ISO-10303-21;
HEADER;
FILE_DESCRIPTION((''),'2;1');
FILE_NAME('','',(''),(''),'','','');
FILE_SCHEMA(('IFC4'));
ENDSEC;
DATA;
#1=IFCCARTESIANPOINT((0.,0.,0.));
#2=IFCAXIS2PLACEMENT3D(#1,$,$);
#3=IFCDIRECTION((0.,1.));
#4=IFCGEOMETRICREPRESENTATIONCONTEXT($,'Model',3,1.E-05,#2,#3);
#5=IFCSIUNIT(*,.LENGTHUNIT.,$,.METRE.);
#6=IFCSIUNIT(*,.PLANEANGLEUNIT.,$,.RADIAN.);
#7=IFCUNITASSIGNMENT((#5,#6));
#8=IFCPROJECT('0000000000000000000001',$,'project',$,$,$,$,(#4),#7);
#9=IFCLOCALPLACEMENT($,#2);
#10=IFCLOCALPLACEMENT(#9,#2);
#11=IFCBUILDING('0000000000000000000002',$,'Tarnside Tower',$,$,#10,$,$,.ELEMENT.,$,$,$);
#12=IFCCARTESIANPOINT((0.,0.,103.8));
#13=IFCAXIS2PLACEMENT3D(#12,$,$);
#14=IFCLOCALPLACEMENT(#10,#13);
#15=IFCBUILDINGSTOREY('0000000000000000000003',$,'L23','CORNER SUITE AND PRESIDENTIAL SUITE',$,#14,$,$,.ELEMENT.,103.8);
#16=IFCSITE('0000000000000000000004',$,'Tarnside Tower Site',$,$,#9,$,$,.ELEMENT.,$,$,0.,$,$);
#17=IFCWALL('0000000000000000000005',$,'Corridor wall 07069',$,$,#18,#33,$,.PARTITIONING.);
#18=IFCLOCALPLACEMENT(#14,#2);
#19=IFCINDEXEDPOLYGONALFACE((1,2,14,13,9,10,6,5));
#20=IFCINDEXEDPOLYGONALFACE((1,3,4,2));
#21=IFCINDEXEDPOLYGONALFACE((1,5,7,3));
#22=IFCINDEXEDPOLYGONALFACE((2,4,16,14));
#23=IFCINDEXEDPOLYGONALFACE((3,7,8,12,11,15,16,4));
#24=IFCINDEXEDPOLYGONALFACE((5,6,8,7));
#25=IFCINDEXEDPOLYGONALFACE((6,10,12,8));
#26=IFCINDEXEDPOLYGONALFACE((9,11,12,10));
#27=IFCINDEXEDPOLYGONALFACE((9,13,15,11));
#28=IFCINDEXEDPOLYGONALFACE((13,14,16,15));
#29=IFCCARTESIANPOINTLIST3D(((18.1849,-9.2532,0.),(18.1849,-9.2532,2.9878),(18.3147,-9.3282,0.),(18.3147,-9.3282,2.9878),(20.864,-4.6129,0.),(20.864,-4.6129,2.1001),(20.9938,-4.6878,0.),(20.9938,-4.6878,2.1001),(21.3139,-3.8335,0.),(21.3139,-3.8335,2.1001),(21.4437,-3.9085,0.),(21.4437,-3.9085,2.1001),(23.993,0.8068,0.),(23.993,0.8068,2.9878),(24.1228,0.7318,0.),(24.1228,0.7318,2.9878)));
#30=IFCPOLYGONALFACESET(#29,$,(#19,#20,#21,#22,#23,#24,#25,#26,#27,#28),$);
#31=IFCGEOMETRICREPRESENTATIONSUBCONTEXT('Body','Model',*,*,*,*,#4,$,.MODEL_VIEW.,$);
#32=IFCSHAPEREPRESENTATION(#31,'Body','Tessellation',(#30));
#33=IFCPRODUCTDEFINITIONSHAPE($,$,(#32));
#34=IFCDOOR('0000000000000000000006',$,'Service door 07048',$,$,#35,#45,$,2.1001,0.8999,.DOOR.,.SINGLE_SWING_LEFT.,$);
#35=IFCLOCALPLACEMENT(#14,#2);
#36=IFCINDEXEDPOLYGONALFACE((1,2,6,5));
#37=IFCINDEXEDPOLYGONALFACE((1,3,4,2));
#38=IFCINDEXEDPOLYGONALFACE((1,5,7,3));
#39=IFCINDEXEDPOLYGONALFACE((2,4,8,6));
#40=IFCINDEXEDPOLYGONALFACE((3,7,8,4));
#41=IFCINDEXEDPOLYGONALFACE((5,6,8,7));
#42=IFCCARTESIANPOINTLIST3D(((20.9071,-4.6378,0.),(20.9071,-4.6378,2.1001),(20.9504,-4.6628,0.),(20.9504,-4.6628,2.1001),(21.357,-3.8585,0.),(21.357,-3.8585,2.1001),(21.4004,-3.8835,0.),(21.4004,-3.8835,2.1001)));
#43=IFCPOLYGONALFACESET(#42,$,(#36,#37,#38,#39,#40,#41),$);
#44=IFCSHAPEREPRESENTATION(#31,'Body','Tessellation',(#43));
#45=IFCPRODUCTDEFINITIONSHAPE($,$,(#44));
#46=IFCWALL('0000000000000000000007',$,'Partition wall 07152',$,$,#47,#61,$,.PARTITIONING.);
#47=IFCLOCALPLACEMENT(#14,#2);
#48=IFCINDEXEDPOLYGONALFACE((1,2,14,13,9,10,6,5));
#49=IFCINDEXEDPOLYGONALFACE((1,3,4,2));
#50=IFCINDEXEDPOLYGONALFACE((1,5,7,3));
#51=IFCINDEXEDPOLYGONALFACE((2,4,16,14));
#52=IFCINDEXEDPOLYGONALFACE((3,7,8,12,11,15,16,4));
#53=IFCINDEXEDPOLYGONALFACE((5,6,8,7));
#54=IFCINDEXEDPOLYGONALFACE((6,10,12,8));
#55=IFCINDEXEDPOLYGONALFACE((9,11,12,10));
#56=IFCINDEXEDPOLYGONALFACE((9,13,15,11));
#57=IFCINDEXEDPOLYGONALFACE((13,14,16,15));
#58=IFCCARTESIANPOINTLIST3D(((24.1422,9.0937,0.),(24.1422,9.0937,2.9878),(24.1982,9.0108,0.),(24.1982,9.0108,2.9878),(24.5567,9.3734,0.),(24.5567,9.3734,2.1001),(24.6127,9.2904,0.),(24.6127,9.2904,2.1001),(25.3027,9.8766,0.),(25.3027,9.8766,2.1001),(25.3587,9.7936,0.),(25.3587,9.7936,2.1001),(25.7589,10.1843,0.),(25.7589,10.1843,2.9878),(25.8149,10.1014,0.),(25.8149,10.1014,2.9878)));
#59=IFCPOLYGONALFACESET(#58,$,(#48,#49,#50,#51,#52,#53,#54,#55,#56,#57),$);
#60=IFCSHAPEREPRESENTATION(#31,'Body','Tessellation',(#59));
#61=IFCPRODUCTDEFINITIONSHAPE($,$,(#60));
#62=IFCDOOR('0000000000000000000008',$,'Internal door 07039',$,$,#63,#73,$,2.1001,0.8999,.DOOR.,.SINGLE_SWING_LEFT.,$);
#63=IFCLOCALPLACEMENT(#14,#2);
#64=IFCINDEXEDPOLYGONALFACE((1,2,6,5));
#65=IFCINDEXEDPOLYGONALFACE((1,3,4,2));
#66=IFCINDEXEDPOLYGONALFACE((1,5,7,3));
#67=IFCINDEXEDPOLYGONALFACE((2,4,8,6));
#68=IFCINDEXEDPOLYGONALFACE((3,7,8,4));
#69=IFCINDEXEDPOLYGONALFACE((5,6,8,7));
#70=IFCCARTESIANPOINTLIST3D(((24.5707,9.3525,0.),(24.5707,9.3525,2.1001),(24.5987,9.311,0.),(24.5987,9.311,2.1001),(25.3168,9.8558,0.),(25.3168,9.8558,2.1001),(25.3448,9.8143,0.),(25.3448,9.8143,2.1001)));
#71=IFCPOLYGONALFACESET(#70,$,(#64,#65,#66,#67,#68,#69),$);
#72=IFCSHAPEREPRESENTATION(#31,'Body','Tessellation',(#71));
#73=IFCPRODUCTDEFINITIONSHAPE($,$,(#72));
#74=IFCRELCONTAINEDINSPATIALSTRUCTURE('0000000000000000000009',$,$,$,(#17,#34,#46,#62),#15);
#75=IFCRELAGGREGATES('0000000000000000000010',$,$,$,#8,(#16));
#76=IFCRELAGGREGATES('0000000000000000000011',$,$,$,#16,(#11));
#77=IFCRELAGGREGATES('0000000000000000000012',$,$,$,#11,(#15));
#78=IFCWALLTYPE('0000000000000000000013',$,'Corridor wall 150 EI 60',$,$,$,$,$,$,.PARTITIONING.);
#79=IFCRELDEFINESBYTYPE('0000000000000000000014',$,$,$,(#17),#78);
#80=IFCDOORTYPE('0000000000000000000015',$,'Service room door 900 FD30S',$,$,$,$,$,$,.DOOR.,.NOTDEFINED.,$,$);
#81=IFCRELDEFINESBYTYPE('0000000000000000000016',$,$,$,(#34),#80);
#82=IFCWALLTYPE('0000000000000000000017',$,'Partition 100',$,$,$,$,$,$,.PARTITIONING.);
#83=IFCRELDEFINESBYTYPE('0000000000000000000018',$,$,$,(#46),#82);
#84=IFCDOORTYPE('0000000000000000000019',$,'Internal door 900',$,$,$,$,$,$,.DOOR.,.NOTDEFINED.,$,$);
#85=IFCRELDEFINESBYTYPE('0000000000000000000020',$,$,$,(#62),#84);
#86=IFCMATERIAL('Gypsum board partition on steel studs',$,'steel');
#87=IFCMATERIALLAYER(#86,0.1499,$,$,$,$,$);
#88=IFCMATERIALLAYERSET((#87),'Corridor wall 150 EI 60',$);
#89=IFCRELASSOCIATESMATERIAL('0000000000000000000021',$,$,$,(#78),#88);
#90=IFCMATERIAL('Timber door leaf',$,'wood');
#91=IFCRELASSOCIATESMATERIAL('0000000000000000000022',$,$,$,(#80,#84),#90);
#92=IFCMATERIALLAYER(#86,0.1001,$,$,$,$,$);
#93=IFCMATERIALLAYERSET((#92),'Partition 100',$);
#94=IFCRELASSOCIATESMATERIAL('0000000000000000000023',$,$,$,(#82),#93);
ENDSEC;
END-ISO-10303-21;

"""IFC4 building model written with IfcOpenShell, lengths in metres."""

from ifc_helpers import new_model, si_unit, direction, frame, frame_2d, origin, place, context, subcontext, project, spatial, rectangle, extrude, material, layer, layer_set, type_object, element, fill, save


model = new_model("IFC4")

# Units and contexts
model_context = context("Model", 3, precision=1e-05, world=origin(), true_north=direction((0.0, 1.0)))
body_context = subcontext(model_context, "Body", "Model", "MODEL_VIEW")
ifc_project = project(units=[si_unit("LENGTHUNIT", "METRE"), si_unit("PLANEANGLEUNIT", "RADIAN")], contexts=[model_context])

# Site, building, storey
site_placement = place(None, origin())
site = spatial("IfcSite", under=ifc_project, at=site_placement, Name="Tarnside Tower Site", CompositionType="ELEMENT", RefElevation=0.0)
building_placement = place(site_placement, origin())
building = spatial("IfcBuilding", under=site, at=building_placement, Name="Tarnside Tower", CompositionType="ELEMENT")
storey_placement = place(building_placement, frame((0.0, 0.0, 103.8)))
storey = spatial("IfcBuildingStorey", under=building, at=storey_placement, Name="L23", Description="CORNER SUITE AND PRESIDENTIAL SUITE", CompositionType="ELEMENT", Elevation=103.8)

# Shared definitions
ifc_material_1 = material(Name="Gypsum board partition on steel studs", Category="steel")
ifc_material_2 = material(Name="Timber door leaf", Category="wood")

# Shared definitions
ifc_layer_1 = layer(ifc_material_1, 0.1499)
ifc_layer_set_1 = layer_set([ifc_layer_1], Name="Corridor wall 150 EI 60")
wall_type_1 = type_object("IfcWallType", Name="Corridor wall 150 EI 60", PredefinedType="PARTITIONING", material=ifc_layer_set_1)

# Walls, openings, doors
wall_1_placement = place(storey_placement, frame((24.0579, 0.7693, 0.0), z_axis=(0.0, 0.0, 1.0), x_axis=(-0.499995, -0.866028, 0.0)))
wall_1 = element("IfcWall", 1, at=wall_1_placement, inside=storey, type_object=wall_type_1, Name="Corridor wall 07069", PredefinedType="PARTITIONING", context=body_context, shape_type="SweptSolid", body=[
    extrude(rectangle(XDim=11.6162, YDim=0.1499, at=frame_2d((5.8081, 0.0))), origin(), (0.0, 0.0, 1.0), 2.9878),
])
opening_1_placement = place(wall_1_placement, frame((5.3582, 0.0, 0.0)))
opening_1 = element("IfcOpeningElement", 2, at=opening_1_placement, cuts=wall_1, PredefinedType="OPENING", context=body_context, shape_type="SweptSolid", body=[
    extrude(rectangle(XDim=0.8999, YDim=2.1001, at=frame_2d((0.45, 1.05))), frame((0.0, 0.085, 0.0), z_axis=(0.0, -1.0, 0.0), x_axis=(1.0, 0.0, 0.0)), (0.0, 0.0, 1.0), 0.1699),
])
door_type_1 = type_object("IfcDoorType", Name="Service room door 900 FD30S", OperationType="NOTDEFINED", PredefinedType="DOOR", material=ifc_material_2)
door_1_placement = place(opening_1_placement, origin())
door_1 = element("IfcDoor", 3, at=door_1_placement, inside=storey, type_object=door_type_1, Name="Service door 07048", OperationType="SINGLE_SWING_LEFT", OverallHeight=2.1001, OverallWidth=0.8999, PredefinedType="DOOR", context=body_context, shape_type="SweptSolid", body=[
    extrude(rectangle(XDim=0.8999, YDim=2.1001, at=frame_2d((0.45, 1.05))), frame((0.0, 0.0249, 0.0), z_axis=(0.0, -1.0, 0.0), x_axis=(1.0, 0.0, 0.0)), (0.0, 0.0, 1.0), 0.05),
])
fill(opening_1, door_1)
ifc_layer_2 = layer(ifc_material_1, 0.1001)
ifc_layer_set_2 = layer_set([ifc_layer_2], Name="Partition 100")
wall_type_2 = type_object("IfcWallType", Name="Partition 100", PredefinedType="PARTITIONING", material=ifc_layer_set_2)
wall_2_placement = place(storey_placement, frame((24.1702, 9.0522, 0.0), z_axis=(0.0, 0.0, 1.0), x_axis=(0.829014, 0.559228, 0.0)))
wall_2 = element("IfcWall", 4, at=wall_2_placement, inside=storey, type_object=wall_type_2, Name="Partition wall 07152", PredefinedType="PARTITIONING", context=body_context, shape_type="SweptSolid", body=[
    extrude(rectangle(XDim=1.9502, YDim=0.1001, at=frame_2d((0.9751, 0.0))), origin(), (0.0, 0.0, 1.0), 2.9878),
])
opening_2_placement = place(wall_2_placement, frame((0.5, 0.0, 0.0)))
opening_2 = element("IfcOpeningElement", 5, at=opening_2_placement, cuts=wall_2, PredefinedType="OPENING", context=body_context, shape_type="SweptSolid", body=[
    extrude(rectangle(XDim=0.8999, YDim=2.1001, at=frame_2d((0.45, 1.05))), frame((0.0, 0.0601, 0.0), z_axis=(0.0, -1.0, 0.0), x_axis=(1.0, 0.0, 0.0)), (0.0, 0.0, 1.0), 0.1201),
])
door_type_2 = type_object("IfcDoorType", Name="Internal door 900", OperationType="NOTDEFINED", PredefinedType="DOOR", material=ifc_material_2)
door_2_placement = place(opening_2_placement, origin())
door_2 = element("IfcDoor", 6, at=door_2_placement, inside=storey, type_object=door_type_2, Name="Internal door 07039", OperationType="SINGLE_SWING_LEFT", OverallHeight=2.1001, OverallWidth=0.8999, PredefinedType="DOOR", context=body_context, shape_type="SweptSolid", body=[
    extrude(rectangle(XDim=0.8999, YDim=2.1001, at=frame_2d((0.45, 1.05))), frame((0.0, 0.0249, 0.0), z_axis=(0.0, -1.0, 0.0), x_axis=(1.0, 0.0, 0.0)), (0.0, 0.0, 1.0), 0.05),
])
fill(opening_2, door_2)

save(model, "model.ifc")
